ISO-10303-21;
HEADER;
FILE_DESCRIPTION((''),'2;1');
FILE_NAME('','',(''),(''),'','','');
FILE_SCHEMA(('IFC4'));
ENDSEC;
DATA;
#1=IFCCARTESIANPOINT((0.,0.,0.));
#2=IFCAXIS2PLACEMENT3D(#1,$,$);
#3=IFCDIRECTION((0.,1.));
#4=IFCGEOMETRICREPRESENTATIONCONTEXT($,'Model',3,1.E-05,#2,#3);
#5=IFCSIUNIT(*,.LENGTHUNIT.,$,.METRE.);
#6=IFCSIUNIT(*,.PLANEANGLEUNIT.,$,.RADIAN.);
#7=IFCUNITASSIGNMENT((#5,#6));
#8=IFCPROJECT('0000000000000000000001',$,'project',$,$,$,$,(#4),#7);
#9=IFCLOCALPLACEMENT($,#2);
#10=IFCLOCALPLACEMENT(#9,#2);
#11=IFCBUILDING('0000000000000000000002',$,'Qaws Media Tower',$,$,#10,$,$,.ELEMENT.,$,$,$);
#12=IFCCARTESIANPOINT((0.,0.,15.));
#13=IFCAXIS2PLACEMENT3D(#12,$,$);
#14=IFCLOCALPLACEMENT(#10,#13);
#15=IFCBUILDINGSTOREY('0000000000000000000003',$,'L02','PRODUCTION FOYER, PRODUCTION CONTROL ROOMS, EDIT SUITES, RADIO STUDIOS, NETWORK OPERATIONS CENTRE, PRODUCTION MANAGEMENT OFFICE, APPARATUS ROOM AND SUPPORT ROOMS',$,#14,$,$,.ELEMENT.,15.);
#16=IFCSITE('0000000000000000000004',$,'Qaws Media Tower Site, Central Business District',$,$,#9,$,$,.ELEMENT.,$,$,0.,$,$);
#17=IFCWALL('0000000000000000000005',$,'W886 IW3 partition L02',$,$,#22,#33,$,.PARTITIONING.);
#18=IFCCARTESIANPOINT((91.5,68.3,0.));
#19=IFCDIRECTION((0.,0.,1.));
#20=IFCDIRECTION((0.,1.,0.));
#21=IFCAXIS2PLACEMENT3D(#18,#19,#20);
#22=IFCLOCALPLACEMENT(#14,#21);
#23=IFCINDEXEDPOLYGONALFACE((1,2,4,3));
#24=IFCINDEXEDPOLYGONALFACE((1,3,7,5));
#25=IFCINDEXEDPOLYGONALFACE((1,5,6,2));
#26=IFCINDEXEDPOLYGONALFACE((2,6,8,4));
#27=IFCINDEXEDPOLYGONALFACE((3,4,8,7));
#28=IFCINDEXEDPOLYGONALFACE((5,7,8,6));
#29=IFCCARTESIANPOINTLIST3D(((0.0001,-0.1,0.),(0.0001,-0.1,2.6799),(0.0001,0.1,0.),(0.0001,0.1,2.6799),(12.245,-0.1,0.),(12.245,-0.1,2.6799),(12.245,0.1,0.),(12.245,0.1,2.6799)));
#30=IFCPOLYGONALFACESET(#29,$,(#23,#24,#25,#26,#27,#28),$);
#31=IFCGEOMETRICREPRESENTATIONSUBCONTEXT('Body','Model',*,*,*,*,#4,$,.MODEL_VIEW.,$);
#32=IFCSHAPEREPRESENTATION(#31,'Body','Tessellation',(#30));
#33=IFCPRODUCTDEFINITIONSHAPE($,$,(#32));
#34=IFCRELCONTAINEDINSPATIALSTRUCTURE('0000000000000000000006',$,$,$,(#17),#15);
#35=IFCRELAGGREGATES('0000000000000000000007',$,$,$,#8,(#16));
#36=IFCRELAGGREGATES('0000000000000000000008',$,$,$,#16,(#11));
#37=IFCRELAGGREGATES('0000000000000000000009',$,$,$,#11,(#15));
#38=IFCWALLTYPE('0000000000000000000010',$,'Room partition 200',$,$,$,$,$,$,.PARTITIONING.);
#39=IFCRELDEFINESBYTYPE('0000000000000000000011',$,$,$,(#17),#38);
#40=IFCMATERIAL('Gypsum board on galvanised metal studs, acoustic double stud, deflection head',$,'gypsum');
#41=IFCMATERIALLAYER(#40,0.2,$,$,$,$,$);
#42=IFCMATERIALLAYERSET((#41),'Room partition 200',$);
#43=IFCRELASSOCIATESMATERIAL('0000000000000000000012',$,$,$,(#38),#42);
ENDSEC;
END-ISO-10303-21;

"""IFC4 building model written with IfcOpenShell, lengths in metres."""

from ifc_helpers import new_model, si_unit, direction, frame, frame_2d, origin, place, context, subcontext, project, spatial, rectangle, extrude, material, layer, layer_set, type_object, element, save


model = new_model("IFC4")

# Units and contexts
model_context = context("Model", 3, precision=1e-05, world=origin(), true_north=direction((0.0, 1.0)))
body_context = subcontext(model_context, "Body", "Model", "MODEL_VIEW")
ifc_project = project(units=[si_unit("LENGTHUNIT", "METRE"), si_unit("PLANEANGLEUNIT", "RADIAN")], contexts=[model_context])

# Site, building, storey
site_placement = place(None, origin())
site = spatial("IfcSite", under=ifc_project, at=site_placement, Name="Qaws Media Tower Site, Central Business District", CompositionType="ELEMENT", RefElevation=0.0)
building_placement = place(site_placement, origin())
building = spatial("IfcBuilding", under=site, at=building_placement, Name="Qaws Media Tower", CompositionType="ELEMENT")
storey_placement = place(building_placement, frame((0.0, 0.0, 15.0)))
storey = spatial("IfcBuildingStorey", under=building, at=storey_placement, Name="L02", Description="PRODUCTION FOYER, PRODUCTION CONTROL ROOMS, EDIT SUITES, RADIO STUDIOS, NETWORK OPERATIONS CENTRE, PRODUCTION MANAGEMENT OFFICE, APPARATUS ROOM AND SUPPORT ROOMS", CompositionType="ELEMENT", Elevation=15.0)

# Shared definitions
ifc_material_1 = material(Name="Gypsum board on galvanised metal studs, acoustic double stud, deflection head", Category="gypsum")
ifc_layer_1 = layer(ifc_material_1, 0.2)
ifc_layer_set_1 = layer_set([ifc_layer_1], Name="Room partition 200")
wall_type_1 = type_object("IfcWallType", Name="Room partition 200", PredefinedType="PARTITIONING", material=ifc_layer_set_1)

# Wall
wall_1_placement = place(storey_placement, frame((91.5, 68.3, 0.0), z_axis=(0.0, 0.0, 1.0), x_axis=(0.0, 1.0, 0.0)))
element("IfcWall", 1, at=wall_1_placement, inside=storey, type_object=wall_type_1, Name="W886 IW3 partition L02", PredefinedType="PARTITIONING", context=body_context, shape_type="SweptSolid", body=[
    extrude(rectangle(XDim=12.2449, YDim=0.2, at=frame_2d((6.1226, 0.0))), origin(), (0.0, 0.0, 1.0), 2.6799),
])

save(model, "model.ifc")
